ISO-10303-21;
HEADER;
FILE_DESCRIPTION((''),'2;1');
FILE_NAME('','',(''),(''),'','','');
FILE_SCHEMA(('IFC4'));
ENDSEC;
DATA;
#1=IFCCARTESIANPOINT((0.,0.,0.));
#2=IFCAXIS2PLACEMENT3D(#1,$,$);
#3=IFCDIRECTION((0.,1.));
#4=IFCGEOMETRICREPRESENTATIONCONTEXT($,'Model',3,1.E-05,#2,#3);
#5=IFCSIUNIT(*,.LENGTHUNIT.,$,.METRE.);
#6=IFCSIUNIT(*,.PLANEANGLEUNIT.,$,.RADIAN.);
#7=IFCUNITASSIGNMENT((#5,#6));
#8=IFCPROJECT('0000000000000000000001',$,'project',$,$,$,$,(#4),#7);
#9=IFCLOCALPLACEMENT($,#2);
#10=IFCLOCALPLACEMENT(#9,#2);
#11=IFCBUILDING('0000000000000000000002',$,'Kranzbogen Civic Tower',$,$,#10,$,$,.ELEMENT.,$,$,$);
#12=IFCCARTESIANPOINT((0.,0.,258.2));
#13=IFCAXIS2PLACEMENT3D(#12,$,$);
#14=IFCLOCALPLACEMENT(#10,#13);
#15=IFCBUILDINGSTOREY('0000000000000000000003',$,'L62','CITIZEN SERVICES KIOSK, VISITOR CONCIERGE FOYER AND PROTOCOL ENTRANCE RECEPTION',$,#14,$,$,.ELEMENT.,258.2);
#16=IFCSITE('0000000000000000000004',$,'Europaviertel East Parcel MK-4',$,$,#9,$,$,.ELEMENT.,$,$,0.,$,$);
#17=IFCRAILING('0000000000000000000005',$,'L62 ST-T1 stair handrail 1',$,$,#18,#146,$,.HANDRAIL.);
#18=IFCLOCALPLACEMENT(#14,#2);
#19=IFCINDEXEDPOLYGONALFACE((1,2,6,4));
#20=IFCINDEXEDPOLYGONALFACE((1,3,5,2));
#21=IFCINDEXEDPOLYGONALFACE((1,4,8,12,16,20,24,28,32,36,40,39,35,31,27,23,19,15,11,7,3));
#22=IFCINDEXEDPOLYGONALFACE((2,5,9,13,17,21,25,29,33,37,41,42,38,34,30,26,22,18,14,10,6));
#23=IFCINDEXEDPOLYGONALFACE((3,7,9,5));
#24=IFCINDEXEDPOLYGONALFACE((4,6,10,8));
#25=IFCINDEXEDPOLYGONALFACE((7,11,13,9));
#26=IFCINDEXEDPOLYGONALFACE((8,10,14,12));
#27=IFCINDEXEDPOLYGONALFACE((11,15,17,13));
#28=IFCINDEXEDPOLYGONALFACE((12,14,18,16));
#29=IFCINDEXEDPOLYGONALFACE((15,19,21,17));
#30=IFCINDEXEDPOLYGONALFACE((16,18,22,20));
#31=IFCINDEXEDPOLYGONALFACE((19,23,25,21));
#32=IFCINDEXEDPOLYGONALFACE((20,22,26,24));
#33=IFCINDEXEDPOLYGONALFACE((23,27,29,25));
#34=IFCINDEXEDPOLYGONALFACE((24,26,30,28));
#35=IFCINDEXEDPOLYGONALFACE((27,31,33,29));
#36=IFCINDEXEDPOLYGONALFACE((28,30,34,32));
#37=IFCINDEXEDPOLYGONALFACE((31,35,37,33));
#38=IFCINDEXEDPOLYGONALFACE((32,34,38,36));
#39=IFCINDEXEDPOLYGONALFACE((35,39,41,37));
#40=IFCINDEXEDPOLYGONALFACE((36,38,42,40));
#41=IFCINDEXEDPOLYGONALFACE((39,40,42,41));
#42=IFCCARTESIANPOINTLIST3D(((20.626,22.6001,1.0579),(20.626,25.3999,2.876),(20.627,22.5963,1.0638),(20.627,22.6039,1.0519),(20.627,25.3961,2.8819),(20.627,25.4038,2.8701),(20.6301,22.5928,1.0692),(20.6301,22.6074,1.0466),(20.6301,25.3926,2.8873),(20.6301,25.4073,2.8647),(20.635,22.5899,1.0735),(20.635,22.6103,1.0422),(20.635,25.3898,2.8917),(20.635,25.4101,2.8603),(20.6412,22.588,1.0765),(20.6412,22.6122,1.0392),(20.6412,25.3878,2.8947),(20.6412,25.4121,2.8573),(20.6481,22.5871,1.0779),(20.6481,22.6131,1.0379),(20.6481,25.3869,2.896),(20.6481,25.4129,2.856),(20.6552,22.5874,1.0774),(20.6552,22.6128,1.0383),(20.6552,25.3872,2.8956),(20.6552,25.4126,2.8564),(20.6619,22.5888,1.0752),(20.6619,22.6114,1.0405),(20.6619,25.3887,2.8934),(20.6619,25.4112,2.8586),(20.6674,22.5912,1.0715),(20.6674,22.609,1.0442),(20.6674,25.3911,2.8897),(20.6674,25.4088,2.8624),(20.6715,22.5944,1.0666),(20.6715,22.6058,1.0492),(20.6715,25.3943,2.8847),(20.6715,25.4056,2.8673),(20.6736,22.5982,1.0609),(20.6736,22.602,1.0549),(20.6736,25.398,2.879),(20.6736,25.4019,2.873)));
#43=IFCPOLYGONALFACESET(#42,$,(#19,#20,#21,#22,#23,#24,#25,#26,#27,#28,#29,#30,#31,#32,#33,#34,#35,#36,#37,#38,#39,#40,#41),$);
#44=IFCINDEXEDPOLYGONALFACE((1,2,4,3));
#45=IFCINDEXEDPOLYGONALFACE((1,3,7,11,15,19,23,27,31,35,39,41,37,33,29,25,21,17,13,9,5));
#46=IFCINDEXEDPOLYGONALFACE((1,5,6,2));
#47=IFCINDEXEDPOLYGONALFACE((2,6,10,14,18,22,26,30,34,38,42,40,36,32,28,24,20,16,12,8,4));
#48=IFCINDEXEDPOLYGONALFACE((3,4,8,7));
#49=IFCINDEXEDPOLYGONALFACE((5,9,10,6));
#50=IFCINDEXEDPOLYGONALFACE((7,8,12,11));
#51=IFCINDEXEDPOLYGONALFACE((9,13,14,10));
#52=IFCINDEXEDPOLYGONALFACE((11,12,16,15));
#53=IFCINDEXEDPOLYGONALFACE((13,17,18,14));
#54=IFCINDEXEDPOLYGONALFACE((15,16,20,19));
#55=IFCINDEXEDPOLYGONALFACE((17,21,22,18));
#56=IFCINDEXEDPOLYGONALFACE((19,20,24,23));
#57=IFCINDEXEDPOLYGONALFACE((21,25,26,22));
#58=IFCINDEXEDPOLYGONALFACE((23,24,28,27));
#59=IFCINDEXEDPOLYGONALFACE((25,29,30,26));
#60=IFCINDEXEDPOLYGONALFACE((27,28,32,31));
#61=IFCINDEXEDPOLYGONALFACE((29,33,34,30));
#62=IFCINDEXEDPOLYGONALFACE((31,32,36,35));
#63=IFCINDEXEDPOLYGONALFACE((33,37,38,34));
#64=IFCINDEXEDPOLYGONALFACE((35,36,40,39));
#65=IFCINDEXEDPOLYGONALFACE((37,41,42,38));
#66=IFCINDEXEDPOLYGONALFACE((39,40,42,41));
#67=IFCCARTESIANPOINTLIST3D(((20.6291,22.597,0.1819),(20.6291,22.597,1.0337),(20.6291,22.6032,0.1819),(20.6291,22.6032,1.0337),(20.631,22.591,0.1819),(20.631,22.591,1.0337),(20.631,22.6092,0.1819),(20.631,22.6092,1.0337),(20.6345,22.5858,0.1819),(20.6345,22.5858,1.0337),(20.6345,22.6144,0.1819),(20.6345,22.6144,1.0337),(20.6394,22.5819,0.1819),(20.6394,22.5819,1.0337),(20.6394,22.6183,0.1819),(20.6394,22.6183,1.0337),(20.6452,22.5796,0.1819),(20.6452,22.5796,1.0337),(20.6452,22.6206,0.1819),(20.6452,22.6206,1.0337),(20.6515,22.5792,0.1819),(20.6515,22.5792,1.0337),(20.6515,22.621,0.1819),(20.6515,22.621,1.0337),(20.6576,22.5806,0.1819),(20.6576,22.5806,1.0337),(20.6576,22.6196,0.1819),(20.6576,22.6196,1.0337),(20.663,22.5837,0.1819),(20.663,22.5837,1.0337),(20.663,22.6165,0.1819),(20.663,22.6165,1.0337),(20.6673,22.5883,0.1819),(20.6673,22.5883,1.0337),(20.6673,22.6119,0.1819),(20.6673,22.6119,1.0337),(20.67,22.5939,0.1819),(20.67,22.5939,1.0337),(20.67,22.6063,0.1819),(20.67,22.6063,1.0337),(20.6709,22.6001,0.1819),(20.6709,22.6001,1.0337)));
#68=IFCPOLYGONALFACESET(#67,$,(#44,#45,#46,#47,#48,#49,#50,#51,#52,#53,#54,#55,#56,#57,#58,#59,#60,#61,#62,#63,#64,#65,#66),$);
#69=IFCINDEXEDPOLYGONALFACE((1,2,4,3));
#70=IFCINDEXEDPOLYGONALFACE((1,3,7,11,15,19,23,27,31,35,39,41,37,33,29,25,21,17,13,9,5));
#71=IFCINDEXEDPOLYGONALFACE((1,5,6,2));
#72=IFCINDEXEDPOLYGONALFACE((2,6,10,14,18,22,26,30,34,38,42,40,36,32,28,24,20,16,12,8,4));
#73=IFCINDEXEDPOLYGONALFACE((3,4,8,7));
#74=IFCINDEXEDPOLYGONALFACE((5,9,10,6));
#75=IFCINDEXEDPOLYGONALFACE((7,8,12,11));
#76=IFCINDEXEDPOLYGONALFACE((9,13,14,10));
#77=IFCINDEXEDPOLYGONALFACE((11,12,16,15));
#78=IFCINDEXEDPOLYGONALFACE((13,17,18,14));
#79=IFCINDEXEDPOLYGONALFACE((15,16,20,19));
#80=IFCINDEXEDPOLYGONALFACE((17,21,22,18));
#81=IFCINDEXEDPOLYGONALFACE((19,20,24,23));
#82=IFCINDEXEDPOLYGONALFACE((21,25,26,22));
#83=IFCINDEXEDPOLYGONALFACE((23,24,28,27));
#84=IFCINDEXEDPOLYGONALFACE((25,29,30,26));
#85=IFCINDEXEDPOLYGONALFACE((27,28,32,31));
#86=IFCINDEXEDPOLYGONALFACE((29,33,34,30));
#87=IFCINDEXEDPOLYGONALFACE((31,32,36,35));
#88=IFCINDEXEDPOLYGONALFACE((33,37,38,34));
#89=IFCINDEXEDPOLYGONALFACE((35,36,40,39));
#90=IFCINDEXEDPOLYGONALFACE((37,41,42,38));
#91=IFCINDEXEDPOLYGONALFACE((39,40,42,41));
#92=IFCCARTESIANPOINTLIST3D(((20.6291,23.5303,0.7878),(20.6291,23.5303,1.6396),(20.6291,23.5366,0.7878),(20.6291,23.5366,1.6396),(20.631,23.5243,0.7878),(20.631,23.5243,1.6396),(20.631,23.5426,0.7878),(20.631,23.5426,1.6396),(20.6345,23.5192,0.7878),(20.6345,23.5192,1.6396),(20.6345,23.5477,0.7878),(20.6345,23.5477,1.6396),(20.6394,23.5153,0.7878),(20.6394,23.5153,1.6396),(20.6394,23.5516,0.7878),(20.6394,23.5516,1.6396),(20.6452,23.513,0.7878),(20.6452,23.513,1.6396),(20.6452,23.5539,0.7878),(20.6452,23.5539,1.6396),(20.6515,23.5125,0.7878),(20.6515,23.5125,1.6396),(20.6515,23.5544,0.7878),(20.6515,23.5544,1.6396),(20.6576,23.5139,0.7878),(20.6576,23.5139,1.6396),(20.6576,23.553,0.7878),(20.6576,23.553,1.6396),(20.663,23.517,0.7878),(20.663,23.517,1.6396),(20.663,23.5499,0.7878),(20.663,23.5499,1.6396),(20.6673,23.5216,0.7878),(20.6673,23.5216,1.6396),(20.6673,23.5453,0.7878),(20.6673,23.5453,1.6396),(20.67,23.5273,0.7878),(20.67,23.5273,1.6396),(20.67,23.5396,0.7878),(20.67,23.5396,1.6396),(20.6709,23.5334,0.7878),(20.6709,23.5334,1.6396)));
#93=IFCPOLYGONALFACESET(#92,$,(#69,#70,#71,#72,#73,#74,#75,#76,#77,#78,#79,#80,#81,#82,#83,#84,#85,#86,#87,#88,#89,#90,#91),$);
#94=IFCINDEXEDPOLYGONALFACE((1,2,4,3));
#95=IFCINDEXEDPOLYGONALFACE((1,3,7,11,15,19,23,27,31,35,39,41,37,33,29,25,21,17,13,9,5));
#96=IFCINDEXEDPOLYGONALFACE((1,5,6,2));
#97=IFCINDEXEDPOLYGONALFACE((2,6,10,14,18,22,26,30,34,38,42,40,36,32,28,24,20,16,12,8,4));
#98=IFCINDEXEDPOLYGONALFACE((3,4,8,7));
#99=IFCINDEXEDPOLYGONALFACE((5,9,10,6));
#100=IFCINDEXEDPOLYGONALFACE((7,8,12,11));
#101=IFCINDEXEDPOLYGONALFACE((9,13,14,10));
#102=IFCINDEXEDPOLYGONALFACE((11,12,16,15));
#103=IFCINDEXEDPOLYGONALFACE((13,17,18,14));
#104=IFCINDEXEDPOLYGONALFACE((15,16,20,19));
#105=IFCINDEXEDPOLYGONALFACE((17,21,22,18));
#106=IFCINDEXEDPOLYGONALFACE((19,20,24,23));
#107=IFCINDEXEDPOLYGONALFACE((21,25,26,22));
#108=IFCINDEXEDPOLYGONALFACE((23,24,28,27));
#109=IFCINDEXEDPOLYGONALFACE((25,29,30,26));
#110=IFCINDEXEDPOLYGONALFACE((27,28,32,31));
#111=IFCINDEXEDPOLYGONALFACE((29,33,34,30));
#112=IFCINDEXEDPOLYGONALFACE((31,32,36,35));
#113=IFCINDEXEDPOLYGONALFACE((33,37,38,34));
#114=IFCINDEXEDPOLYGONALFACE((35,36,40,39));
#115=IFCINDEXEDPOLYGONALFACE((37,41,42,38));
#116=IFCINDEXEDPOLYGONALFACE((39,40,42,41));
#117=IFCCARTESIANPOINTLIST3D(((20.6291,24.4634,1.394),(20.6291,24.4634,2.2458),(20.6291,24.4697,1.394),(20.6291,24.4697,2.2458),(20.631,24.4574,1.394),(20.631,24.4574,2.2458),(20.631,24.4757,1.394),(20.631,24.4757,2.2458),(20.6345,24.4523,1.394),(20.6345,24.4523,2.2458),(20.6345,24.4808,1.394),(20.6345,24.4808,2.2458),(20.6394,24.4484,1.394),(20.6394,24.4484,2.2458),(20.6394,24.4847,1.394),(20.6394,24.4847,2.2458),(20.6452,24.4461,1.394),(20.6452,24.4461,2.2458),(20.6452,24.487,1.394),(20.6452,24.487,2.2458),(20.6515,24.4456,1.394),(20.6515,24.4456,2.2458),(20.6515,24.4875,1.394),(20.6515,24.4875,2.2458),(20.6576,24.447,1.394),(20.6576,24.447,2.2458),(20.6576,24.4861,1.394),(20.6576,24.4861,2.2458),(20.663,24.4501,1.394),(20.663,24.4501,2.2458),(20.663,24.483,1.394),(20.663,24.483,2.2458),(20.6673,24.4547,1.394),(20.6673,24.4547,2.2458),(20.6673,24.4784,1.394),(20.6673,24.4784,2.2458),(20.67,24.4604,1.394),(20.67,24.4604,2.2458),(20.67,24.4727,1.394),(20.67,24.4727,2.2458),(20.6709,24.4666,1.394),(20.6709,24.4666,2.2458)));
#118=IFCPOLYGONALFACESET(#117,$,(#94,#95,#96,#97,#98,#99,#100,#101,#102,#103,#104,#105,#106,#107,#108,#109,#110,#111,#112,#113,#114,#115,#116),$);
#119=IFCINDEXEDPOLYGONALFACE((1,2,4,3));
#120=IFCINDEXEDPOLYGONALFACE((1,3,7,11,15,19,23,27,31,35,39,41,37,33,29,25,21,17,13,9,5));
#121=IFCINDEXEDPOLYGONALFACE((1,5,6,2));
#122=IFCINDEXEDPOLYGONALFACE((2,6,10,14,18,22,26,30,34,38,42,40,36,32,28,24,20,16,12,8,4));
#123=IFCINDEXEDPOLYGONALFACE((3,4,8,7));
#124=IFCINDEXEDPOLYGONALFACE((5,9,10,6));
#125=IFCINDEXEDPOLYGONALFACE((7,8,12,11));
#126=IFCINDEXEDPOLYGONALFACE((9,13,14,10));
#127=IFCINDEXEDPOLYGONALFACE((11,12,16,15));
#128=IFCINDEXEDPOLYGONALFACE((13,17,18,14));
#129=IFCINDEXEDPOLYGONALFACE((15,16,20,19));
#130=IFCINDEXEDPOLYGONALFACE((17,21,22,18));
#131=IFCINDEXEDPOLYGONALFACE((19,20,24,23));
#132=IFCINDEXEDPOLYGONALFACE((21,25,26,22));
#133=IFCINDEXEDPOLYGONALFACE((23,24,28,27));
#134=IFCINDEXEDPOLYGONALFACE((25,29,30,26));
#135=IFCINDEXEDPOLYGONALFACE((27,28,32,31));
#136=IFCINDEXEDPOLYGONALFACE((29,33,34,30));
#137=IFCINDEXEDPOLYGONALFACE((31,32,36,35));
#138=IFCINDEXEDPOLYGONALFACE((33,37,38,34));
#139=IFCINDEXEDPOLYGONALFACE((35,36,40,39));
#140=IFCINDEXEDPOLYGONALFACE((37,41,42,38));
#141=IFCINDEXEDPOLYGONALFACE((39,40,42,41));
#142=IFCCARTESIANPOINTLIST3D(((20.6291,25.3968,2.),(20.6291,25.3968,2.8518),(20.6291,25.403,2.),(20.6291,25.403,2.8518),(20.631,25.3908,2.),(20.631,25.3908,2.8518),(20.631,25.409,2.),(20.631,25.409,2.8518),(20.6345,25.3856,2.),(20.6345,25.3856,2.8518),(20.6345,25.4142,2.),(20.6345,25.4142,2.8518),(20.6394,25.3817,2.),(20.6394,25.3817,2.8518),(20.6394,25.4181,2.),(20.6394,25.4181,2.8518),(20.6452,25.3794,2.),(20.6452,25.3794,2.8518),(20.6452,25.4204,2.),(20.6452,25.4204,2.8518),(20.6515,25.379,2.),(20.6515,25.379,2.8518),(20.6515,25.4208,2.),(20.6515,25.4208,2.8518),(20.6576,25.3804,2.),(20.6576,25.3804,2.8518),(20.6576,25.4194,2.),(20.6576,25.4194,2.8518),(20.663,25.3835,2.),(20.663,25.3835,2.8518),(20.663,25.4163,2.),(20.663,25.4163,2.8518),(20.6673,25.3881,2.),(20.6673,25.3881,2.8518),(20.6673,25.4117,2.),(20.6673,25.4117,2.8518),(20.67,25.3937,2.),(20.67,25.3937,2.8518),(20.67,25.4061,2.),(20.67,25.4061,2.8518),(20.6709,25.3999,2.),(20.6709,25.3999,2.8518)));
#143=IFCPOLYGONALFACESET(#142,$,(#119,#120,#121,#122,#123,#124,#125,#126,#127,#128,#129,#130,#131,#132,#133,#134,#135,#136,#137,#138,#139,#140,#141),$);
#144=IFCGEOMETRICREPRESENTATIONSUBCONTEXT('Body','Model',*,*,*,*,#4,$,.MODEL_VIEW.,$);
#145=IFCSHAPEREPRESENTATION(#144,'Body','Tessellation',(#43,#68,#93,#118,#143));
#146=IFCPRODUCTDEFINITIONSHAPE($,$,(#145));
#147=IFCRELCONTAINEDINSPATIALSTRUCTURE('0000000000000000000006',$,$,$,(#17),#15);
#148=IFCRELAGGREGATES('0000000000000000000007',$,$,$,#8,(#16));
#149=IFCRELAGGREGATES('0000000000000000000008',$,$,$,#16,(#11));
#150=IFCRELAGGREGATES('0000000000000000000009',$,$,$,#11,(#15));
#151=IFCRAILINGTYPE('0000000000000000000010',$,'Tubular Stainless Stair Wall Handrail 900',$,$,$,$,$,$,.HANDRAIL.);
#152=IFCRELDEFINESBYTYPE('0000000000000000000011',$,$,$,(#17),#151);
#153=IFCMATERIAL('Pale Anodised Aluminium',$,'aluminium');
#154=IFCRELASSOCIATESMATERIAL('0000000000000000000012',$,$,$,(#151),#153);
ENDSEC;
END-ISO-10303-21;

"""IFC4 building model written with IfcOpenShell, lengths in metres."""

from ifc_helpers import new_model, si_unit, direction, frame, origin, origin_2d, place, context, subcontext, project, spatial, circle, extrude, material, type_object, element, save


model = new_model("IFC4")

# Units and contexts
model_context = context("Model", 3, precision=1e-05, world=origin(), true_north=direction((0.0, 1.0)))
body_context = subcontext(model_context, "Body", "Model", "MODEL_VIEW")
ifc_project = project(units=[si_unit("LENGTHUNIT", "METRE"), si_unit("PLANEANGLEUNIT", "RADIAN")], contexts=[model_context])

# Site, building, storey
site_placement = place(None, origin())
site = spatial("IfcSite", under=ifc_project, at=site_placement, Name="Europaviertel East Parcel MK-4", CompositionType="ELEMENT", RefElevation=0.0)
building_placement = place(site_placement, origin())
building = spatial("IfcBuilding", under=site, at=building_placement, Name="Kranzbogen Civic Tower", CompositionType="ELEMENT")
storey_placement = place(building_placement, frame((0.0, 0.0, 258.2)))
storey = spatial("IfcBuildingStorey", under=building, at=storey_placement, Name="L62", Description="CITIZEN SERVICES KIOSK, VISITOR CONCIERGE FOYER AND PROTOCOL ENTRANCE RECEPTION", CompositionType="ELEMENT", Elevation=258.2)

# Shared definitions
ifc_material_1 = material(Name="Pale Anodised Aluminium", Category="aluminium")

# Railing
railing_type_1 = type_object("IfcRailingType", Name="Tubular Stainless Stair Wall Handrail 900", PredefinedType="HANDRAIL", material=ifc_material_1)
railing_1_placement = place(storey_placement, frame((20.6499, 22.6001, 0.1819)))
element("IfcRailing", 1, at=railing_1_placement, inside=storey, type_object=railing_type_1, Name="L62 ST-T1 stair handrail 1", PredefinedType="HANDRAIL", context=body_context, shape_type="SweptSolid", body=[
    extrude(circle(Radius=0.0239, at=origin_2d()), frame((0.0, 0.0, 0.876), z_axis=(0.0, 0.838684, 0.544618), x_axis=(-1.0, 0.0, 0.0)), (0.0, 0.0, 1.0), 3.3384),
    extrude(circle(Radius=0.021, at=origin_2d()), origin(), (0.0, 0.0, 1.0), 0.8518),
    extrude(circle(Radius=0.021, at=origin_2d()), frame((0.0, 0.9333, 0.606)), (0.0, 0.0, 1.0), 0.8518),
    extrude(circle(Radius=0.021, at=origin_2d()), frame((0.0, 1.8665, 1.2122)), (0.0, 0.0, 1.0), 0.8518),
    extrude(circle(Radius=0.021, at=origin_2d()), frame((0.0, 2.7998, 1.8181)), (0.0, 0.0, 1.0), 0.8518),
])

save(model, "model.ifc")
